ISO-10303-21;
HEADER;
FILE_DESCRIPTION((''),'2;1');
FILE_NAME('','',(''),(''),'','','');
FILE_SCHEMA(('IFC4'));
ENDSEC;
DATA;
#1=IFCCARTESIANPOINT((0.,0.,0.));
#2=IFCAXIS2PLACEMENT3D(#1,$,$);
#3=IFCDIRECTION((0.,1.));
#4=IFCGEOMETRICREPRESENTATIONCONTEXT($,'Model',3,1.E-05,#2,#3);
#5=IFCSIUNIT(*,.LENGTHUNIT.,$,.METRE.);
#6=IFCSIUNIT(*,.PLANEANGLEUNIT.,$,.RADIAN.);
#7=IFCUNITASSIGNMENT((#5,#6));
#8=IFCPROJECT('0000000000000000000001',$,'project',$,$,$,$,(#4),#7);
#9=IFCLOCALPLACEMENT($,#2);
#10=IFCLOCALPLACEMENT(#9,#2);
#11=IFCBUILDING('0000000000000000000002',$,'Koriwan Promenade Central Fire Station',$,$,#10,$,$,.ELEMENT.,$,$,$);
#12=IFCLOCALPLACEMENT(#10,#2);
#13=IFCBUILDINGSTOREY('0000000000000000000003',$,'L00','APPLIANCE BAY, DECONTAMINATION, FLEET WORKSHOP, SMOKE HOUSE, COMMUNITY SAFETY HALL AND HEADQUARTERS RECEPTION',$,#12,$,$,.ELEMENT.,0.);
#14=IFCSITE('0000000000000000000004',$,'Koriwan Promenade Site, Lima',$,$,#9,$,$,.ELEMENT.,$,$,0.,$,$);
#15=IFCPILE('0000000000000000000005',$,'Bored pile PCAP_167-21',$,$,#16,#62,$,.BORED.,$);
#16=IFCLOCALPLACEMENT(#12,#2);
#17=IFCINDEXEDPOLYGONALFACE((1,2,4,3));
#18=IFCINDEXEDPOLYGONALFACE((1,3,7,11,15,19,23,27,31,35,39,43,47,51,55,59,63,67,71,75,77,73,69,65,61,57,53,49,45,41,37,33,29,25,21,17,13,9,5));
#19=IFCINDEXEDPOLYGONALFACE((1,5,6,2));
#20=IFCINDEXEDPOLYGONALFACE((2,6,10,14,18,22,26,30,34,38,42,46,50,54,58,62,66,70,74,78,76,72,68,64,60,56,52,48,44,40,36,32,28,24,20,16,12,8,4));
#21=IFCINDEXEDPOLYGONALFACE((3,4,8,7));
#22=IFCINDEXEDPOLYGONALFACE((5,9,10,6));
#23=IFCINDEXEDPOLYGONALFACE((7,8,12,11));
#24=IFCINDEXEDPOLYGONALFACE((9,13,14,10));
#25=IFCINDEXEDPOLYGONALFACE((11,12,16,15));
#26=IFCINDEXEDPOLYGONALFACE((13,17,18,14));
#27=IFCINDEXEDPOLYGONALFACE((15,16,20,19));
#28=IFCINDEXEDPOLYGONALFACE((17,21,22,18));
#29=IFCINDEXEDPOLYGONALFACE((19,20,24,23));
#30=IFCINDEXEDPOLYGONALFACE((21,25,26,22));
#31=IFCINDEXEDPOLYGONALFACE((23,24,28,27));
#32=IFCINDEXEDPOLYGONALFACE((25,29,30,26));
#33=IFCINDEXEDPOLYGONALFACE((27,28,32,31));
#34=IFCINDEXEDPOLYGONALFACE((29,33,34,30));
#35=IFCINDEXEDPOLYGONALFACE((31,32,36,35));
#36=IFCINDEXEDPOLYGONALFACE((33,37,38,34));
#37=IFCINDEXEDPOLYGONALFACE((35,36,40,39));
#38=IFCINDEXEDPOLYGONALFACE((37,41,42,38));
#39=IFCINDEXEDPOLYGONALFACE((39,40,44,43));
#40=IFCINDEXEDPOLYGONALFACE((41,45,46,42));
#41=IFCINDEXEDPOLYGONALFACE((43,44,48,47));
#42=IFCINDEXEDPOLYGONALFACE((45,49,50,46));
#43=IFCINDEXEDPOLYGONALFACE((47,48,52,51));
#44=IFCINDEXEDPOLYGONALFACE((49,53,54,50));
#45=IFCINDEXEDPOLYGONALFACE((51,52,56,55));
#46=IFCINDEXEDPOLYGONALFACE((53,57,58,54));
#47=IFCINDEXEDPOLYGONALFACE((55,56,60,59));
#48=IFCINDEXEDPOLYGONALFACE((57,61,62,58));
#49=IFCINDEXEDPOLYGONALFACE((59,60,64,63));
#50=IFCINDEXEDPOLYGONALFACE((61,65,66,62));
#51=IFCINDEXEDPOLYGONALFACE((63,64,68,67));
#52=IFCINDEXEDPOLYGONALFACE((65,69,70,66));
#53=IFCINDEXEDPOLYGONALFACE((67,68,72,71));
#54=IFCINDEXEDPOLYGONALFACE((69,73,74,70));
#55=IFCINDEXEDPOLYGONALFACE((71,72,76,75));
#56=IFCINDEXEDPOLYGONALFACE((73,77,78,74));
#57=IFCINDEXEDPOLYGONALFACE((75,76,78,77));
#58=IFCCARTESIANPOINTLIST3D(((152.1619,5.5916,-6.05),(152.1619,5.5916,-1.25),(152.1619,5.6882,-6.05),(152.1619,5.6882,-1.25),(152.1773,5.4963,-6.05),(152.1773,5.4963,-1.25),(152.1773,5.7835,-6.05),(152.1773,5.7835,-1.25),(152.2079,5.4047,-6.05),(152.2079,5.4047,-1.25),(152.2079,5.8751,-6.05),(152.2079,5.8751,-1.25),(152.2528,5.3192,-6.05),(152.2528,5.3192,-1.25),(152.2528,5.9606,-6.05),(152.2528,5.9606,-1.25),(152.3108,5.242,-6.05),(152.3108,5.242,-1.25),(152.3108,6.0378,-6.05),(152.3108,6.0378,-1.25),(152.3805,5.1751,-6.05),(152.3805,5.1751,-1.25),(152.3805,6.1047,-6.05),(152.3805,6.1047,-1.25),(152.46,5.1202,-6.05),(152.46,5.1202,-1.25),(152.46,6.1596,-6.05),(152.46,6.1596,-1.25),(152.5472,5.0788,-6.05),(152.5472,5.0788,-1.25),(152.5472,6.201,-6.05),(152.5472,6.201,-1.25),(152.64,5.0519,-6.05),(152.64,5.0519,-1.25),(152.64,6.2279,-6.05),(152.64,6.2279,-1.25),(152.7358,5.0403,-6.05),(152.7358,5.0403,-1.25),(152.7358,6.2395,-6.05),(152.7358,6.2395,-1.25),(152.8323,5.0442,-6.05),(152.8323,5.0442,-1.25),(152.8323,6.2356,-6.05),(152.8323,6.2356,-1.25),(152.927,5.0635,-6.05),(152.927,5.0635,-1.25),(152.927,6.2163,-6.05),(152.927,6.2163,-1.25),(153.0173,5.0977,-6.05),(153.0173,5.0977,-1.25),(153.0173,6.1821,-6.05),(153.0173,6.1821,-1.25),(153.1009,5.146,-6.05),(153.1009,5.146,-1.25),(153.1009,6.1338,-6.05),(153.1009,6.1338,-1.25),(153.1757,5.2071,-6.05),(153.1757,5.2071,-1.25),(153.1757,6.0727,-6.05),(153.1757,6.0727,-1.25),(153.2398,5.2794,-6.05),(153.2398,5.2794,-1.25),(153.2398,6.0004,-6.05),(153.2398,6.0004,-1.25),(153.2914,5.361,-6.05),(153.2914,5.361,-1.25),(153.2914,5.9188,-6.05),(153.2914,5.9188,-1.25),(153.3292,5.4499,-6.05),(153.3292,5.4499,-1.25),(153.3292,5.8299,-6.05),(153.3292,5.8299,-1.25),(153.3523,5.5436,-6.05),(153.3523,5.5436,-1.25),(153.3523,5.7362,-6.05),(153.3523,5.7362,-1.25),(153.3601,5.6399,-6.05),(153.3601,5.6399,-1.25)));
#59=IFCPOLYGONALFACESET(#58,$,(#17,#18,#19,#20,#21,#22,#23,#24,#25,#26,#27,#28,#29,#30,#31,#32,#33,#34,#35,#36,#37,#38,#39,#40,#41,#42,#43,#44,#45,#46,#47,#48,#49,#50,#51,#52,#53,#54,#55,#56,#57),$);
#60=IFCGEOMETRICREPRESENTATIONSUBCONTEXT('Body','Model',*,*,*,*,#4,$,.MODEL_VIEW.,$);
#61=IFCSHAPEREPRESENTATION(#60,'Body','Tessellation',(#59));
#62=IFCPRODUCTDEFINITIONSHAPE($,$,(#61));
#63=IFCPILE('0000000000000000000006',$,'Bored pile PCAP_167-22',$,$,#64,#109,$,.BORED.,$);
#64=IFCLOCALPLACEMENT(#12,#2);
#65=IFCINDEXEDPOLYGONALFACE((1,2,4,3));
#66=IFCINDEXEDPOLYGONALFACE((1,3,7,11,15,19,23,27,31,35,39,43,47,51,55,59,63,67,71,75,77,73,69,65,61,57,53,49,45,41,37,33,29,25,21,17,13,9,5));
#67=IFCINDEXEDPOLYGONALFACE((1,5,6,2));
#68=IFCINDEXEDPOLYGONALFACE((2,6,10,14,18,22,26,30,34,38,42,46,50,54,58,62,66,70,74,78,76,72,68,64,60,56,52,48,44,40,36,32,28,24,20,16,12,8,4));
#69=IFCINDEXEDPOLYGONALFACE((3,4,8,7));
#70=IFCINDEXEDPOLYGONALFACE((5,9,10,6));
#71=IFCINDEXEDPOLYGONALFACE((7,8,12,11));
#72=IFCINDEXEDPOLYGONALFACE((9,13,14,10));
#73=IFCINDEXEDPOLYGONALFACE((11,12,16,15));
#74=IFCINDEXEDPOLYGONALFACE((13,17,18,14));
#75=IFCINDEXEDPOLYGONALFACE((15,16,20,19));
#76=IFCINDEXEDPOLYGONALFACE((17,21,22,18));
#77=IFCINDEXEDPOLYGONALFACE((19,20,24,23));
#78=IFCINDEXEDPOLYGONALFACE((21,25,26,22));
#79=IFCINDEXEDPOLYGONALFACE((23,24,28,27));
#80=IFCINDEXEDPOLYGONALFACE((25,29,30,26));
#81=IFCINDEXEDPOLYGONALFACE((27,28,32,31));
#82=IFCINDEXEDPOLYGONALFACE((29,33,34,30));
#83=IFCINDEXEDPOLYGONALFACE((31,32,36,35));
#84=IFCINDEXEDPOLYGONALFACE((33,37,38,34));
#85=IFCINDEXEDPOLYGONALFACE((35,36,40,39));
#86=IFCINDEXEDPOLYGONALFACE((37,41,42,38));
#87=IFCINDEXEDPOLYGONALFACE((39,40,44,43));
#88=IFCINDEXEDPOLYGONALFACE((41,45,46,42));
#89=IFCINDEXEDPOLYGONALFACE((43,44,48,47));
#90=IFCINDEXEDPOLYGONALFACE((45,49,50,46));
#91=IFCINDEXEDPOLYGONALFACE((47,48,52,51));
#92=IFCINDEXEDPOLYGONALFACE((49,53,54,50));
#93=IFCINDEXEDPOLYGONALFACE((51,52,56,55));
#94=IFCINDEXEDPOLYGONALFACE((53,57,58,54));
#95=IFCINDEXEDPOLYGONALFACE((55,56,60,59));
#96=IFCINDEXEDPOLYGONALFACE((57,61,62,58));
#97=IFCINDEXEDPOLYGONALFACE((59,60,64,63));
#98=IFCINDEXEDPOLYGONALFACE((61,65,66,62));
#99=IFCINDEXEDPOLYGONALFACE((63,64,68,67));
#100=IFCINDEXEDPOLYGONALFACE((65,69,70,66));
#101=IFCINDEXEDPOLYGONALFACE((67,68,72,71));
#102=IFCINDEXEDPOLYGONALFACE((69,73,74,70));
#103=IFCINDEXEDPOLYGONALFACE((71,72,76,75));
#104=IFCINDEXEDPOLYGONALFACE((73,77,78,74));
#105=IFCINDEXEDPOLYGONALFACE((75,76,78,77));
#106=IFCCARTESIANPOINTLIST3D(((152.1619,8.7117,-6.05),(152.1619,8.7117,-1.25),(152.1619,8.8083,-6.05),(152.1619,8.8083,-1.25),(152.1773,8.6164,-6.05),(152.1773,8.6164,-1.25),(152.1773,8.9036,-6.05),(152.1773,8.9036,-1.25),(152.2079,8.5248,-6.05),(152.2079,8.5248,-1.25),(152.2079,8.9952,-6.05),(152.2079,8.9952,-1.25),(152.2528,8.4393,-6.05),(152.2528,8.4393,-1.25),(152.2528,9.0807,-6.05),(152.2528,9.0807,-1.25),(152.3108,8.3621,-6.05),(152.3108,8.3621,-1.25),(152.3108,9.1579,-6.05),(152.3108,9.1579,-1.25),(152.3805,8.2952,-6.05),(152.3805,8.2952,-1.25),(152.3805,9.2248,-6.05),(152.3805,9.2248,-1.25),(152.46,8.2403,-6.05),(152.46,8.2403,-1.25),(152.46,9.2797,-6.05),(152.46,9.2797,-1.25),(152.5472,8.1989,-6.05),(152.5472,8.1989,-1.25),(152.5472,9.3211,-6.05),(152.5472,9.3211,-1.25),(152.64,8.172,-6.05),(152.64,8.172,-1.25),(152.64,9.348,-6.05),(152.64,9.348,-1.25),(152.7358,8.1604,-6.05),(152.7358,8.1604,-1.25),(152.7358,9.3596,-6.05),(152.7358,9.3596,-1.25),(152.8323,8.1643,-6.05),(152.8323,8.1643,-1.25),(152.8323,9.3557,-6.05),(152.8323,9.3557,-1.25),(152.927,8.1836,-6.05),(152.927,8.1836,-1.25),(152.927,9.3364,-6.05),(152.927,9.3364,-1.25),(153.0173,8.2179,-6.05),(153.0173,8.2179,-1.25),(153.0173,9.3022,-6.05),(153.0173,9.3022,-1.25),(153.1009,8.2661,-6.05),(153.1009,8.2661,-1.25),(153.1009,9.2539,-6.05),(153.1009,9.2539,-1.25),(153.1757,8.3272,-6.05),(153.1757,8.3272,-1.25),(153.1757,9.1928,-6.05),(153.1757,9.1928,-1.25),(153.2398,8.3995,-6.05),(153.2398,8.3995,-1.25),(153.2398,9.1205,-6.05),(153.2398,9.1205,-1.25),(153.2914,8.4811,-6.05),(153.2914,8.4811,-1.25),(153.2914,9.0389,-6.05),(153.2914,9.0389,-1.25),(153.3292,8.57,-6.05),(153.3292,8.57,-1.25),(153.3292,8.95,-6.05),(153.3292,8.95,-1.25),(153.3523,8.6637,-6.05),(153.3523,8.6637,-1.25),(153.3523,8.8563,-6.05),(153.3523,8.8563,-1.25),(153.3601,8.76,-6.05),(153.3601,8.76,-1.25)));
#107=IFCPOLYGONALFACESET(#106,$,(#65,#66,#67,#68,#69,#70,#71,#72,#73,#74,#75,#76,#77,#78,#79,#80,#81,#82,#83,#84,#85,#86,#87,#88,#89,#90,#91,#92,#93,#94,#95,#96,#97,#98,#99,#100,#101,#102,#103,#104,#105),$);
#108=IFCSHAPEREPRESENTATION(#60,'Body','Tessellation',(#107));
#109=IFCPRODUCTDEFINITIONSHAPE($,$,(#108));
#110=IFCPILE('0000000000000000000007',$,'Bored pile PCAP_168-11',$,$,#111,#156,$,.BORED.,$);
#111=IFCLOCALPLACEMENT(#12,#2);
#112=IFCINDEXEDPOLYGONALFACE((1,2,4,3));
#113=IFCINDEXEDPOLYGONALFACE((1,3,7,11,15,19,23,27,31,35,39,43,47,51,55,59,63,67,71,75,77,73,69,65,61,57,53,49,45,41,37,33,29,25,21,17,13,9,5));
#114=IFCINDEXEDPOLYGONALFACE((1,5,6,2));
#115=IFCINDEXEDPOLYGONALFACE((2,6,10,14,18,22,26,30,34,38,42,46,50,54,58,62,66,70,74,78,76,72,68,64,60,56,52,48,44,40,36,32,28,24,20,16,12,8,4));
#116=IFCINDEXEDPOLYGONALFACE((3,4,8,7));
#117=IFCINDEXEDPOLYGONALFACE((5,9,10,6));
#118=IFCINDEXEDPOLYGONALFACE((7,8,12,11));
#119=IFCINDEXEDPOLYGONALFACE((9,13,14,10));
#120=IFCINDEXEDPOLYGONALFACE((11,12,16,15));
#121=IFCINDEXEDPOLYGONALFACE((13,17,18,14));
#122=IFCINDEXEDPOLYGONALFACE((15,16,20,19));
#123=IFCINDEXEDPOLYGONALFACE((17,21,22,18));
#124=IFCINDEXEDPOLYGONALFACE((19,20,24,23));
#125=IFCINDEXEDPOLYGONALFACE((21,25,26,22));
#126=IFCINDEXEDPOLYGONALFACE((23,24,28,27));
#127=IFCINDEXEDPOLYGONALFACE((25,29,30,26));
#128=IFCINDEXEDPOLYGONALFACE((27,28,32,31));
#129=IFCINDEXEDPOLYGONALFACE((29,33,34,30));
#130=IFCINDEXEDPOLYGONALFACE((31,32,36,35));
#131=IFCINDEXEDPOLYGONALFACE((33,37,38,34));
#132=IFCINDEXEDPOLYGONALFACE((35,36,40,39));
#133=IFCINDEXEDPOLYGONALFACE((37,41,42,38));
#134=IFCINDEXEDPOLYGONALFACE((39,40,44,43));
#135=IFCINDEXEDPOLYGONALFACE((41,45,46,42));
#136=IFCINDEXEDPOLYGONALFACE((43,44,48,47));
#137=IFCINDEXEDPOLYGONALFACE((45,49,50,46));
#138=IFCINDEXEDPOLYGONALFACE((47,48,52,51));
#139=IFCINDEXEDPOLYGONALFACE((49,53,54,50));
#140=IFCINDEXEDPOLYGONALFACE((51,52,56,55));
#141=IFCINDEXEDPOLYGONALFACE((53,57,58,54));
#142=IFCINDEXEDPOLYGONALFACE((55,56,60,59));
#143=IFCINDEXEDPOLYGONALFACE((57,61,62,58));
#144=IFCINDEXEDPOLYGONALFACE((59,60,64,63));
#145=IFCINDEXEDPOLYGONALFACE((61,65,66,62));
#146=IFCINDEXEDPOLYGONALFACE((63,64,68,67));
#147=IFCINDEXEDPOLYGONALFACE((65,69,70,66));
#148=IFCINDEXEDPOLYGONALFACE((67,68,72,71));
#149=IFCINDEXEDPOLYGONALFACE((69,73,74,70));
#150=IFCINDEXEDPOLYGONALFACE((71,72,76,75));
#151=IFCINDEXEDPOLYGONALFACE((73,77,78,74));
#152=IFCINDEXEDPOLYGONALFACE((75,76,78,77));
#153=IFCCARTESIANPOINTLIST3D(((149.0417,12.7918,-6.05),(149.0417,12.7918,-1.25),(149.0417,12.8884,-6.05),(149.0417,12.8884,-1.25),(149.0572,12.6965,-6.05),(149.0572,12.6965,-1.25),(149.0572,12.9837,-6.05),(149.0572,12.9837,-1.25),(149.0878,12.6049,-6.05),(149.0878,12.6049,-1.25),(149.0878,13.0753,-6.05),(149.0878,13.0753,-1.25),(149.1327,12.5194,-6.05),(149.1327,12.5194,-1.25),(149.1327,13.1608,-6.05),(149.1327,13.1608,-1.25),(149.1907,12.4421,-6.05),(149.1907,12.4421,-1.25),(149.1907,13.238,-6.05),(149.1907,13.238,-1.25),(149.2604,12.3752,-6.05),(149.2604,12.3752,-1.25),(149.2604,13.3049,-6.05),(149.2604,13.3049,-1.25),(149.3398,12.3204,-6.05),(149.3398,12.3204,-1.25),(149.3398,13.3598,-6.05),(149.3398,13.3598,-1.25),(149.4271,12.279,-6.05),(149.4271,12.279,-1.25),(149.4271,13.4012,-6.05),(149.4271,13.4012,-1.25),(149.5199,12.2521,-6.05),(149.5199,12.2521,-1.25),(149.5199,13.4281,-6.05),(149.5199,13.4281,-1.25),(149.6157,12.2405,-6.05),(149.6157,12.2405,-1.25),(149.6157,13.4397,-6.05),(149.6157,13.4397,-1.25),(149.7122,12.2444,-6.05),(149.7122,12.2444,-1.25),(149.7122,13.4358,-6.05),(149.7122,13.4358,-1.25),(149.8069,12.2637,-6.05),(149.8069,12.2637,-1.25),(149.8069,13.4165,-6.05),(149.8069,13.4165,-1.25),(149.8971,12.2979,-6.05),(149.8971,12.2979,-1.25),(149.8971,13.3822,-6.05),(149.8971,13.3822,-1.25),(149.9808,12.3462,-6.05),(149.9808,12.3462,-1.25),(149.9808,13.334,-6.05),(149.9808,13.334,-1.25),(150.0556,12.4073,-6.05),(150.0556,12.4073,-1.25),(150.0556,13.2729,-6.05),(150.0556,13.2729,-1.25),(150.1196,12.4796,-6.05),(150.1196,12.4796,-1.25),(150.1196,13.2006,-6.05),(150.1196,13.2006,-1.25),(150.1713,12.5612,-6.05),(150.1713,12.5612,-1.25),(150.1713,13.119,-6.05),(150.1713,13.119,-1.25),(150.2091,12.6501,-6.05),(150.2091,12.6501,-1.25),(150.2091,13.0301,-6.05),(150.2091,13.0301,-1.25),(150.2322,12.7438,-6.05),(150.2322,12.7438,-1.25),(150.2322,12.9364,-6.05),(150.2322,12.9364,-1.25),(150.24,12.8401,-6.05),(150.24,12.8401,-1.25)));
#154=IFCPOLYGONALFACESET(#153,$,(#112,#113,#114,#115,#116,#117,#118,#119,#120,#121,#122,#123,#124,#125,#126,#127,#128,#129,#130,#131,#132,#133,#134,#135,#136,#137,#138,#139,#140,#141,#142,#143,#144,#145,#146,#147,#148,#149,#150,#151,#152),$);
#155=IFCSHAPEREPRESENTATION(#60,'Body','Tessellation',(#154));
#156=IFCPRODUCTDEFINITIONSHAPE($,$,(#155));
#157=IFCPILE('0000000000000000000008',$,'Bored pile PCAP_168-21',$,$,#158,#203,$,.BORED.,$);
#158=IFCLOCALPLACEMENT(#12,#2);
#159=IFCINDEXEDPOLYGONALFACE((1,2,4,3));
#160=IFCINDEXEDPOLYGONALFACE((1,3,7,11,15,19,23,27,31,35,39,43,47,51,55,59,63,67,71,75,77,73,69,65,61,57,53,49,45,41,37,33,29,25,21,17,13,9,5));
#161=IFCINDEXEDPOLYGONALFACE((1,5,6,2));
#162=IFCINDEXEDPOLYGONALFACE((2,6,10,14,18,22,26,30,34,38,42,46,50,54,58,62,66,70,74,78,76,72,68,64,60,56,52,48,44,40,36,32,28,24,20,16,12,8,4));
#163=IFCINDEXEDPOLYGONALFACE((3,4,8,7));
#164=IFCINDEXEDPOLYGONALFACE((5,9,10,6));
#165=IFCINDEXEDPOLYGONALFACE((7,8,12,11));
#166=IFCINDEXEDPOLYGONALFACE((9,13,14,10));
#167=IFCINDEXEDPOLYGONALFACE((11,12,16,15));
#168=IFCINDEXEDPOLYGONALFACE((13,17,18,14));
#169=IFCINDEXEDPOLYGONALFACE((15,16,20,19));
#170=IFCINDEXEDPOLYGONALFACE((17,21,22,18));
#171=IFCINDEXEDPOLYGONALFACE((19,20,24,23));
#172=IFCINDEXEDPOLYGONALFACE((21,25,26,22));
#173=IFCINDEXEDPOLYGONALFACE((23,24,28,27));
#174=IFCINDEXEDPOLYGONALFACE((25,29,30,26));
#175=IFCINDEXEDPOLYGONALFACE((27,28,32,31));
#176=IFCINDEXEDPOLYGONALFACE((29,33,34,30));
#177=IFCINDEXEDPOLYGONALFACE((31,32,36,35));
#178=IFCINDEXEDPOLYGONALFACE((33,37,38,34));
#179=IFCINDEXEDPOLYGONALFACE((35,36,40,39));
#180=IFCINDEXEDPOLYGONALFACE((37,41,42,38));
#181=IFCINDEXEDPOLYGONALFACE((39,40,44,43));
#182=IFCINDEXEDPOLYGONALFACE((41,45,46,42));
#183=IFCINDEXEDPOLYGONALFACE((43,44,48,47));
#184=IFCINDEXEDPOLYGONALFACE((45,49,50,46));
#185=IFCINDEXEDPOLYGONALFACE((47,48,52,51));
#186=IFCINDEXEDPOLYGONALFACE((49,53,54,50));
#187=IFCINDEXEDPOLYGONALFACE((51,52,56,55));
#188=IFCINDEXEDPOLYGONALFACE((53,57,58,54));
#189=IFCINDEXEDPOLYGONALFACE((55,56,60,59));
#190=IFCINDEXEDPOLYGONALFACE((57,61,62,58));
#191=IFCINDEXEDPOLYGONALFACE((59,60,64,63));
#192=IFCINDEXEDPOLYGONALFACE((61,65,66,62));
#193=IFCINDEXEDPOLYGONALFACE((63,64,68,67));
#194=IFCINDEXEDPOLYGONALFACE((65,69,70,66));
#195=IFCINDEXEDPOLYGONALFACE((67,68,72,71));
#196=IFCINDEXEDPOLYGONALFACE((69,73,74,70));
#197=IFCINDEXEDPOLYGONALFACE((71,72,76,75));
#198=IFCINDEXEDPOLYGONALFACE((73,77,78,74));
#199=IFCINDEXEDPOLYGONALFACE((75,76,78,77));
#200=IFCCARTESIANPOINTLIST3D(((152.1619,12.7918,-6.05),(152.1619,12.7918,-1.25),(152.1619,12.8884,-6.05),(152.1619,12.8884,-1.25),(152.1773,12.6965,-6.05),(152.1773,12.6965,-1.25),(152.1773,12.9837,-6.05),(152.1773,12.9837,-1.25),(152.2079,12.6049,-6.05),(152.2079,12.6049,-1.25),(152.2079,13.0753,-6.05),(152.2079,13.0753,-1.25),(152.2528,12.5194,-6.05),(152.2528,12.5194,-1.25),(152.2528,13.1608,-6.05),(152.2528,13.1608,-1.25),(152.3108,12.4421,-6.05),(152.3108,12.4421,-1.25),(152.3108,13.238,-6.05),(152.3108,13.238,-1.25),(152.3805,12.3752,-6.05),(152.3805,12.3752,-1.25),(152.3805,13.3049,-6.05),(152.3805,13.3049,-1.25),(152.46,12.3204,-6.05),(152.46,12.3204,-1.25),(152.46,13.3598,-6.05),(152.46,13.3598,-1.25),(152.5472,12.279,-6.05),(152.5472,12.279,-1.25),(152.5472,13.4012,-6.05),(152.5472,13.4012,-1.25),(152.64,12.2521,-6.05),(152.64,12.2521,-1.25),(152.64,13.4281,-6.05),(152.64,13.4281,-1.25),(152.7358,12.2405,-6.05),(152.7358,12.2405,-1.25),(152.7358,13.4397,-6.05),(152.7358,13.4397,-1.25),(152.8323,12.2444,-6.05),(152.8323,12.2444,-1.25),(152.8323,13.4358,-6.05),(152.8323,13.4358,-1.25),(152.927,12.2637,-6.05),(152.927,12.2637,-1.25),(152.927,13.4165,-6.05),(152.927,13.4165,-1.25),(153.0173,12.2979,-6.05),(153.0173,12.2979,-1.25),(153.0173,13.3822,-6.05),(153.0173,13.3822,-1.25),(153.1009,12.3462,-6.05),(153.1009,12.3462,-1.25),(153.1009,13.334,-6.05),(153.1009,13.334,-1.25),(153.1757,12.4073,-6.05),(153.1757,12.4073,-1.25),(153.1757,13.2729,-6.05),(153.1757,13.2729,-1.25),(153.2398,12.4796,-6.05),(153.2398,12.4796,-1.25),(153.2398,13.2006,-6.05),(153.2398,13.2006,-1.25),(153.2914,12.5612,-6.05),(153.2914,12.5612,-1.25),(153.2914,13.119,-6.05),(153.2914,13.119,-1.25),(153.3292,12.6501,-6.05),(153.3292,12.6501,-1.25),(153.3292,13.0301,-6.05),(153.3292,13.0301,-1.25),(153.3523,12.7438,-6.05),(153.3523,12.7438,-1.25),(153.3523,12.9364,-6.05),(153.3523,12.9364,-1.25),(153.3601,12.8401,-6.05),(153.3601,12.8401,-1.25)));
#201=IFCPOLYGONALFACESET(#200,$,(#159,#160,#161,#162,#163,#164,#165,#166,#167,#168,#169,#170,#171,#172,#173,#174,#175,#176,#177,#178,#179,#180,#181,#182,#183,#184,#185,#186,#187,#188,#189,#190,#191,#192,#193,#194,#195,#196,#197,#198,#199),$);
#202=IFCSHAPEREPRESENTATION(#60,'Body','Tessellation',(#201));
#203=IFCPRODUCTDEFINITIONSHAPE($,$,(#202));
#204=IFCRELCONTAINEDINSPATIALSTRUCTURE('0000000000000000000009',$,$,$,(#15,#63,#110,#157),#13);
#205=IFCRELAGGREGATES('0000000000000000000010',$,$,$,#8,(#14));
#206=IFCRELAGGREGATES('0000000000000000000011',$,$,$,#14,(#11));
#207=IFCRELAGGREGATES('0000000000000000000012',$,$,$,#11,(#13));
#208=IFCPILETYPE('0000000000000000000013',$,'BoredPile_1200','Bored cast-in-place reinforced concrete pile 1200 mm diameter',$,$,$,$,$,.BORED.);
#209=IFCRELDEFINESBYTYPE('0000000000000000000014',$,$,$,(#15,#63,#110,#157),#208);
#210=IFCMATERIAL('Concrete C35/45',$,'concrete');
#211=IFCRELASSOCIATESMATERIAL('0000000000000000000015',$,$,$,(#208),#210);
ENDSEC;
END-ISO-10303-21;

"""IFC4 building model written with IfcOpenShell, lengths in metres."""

from ifc_helpers import new_model, si_unit, direction, frame, origin, origin_2d, place, context, subcontext, project, spatial, circle, extrude, material, material_profile, profile_set, type_object, element, save


model = new_model("IFC4")

# Units and contexts
model_context = context("Model", 3, precision=1e-05, world=origin(), true_north=direction((0.0, 1.0)))
body_context = subcontext(model_context, "Body", "Model", "MODEL_VIEW")
ifc_project = project(units=[si_unit("LENGTHUNIT", "METRE"), si_unit("PLANEANGLEUNIT", "RADIAN")], contexts=[model_context])

# Site, building, storey
site_placement = place(None, origin())
site = spatial("IfcSite", under=ifc_project, at=site_placement, Name="Koriwan Promenade Site, Lima", CompositionType="ELEMENT", RefElevation=0.0)
building_placement = place(site_placement, origin())
building = spatial("IfcBuilding", under=site, at=building_placement, Name="Koriwan Promenade Central Fire Station", CompositionType="ELEMENT")
storey_placement = place(building_placement, origin())
storey = spatial("IfcBuildingStorey", under=building, at=storey_placement, Name="L00", Description="APPLIANCE BAY, DECONTAMINATION, FLEET WORKSHOP, SMOKE HOUSE, COMMUNITY SAFETY HALL AND HEADQUARTERS RECEPTION", CompositionType="ELEMENT", Elevation=0.0)

# Piles
ifc_material_1 = material(Name="Concrete C35/45", Category="concrete")
ifc_material_profile_1 = material_profile(ifc_material_1, circle(Radius=0.6001, at=origin_2d()), Name="PILE-D1200")
ifc_profile_set_1 = profile_set([ifc_material_profile_1], Name="Concrete C35/45")
pile_type_1 = type_object("IfcPileType", Name="BoredPile_1200", Description="Bored cast-in-place reinforced concrete pile 1200 mm diameter", PredefinedType="BORED", material=ifc_profile_set_1)
for number, where, z_axis, x_axis, name in (
    (1, (152.76, 5.6399, -1.25), (0.0, 0.0, -1.0), (1.0, 0.0, 0.0), "Bored pile PCAP_167-21"),
    (2, (152.76, 8.76, -1.25), (0.0, 0.0, -1.0), (1.0, 0.0, 0.0), "Bored pile PCAP_167-22"),
    (3, (149.6399, 12.8401, -1.25), (0.0, 0.0, -1.0), (1.0, 0.0, 0.0), "Bored pile PCAP_168-11"),
    (4, (152.76, 12.8401, -1.25), (0.0, 0.0, -1.0), (1.0, 0.0, 0.0), "Bored pile PCAP_168-21"),
):
    element("IfcPile", number, at=place(storey_placement, frame(where, z_axis=z_axis, x_axis=x_axis)), inside=storey, type_object=pile_type_1, Name=name, PredefinedType="BORED", context=body_context, shape_type="SweptSolid", body=[
        extrude(circle(Radius=0.6001, at=origin_2d()), origin(), (0.0, 0.0, 1.0), 4.8),
    ])

save(model, "model.ifc")
